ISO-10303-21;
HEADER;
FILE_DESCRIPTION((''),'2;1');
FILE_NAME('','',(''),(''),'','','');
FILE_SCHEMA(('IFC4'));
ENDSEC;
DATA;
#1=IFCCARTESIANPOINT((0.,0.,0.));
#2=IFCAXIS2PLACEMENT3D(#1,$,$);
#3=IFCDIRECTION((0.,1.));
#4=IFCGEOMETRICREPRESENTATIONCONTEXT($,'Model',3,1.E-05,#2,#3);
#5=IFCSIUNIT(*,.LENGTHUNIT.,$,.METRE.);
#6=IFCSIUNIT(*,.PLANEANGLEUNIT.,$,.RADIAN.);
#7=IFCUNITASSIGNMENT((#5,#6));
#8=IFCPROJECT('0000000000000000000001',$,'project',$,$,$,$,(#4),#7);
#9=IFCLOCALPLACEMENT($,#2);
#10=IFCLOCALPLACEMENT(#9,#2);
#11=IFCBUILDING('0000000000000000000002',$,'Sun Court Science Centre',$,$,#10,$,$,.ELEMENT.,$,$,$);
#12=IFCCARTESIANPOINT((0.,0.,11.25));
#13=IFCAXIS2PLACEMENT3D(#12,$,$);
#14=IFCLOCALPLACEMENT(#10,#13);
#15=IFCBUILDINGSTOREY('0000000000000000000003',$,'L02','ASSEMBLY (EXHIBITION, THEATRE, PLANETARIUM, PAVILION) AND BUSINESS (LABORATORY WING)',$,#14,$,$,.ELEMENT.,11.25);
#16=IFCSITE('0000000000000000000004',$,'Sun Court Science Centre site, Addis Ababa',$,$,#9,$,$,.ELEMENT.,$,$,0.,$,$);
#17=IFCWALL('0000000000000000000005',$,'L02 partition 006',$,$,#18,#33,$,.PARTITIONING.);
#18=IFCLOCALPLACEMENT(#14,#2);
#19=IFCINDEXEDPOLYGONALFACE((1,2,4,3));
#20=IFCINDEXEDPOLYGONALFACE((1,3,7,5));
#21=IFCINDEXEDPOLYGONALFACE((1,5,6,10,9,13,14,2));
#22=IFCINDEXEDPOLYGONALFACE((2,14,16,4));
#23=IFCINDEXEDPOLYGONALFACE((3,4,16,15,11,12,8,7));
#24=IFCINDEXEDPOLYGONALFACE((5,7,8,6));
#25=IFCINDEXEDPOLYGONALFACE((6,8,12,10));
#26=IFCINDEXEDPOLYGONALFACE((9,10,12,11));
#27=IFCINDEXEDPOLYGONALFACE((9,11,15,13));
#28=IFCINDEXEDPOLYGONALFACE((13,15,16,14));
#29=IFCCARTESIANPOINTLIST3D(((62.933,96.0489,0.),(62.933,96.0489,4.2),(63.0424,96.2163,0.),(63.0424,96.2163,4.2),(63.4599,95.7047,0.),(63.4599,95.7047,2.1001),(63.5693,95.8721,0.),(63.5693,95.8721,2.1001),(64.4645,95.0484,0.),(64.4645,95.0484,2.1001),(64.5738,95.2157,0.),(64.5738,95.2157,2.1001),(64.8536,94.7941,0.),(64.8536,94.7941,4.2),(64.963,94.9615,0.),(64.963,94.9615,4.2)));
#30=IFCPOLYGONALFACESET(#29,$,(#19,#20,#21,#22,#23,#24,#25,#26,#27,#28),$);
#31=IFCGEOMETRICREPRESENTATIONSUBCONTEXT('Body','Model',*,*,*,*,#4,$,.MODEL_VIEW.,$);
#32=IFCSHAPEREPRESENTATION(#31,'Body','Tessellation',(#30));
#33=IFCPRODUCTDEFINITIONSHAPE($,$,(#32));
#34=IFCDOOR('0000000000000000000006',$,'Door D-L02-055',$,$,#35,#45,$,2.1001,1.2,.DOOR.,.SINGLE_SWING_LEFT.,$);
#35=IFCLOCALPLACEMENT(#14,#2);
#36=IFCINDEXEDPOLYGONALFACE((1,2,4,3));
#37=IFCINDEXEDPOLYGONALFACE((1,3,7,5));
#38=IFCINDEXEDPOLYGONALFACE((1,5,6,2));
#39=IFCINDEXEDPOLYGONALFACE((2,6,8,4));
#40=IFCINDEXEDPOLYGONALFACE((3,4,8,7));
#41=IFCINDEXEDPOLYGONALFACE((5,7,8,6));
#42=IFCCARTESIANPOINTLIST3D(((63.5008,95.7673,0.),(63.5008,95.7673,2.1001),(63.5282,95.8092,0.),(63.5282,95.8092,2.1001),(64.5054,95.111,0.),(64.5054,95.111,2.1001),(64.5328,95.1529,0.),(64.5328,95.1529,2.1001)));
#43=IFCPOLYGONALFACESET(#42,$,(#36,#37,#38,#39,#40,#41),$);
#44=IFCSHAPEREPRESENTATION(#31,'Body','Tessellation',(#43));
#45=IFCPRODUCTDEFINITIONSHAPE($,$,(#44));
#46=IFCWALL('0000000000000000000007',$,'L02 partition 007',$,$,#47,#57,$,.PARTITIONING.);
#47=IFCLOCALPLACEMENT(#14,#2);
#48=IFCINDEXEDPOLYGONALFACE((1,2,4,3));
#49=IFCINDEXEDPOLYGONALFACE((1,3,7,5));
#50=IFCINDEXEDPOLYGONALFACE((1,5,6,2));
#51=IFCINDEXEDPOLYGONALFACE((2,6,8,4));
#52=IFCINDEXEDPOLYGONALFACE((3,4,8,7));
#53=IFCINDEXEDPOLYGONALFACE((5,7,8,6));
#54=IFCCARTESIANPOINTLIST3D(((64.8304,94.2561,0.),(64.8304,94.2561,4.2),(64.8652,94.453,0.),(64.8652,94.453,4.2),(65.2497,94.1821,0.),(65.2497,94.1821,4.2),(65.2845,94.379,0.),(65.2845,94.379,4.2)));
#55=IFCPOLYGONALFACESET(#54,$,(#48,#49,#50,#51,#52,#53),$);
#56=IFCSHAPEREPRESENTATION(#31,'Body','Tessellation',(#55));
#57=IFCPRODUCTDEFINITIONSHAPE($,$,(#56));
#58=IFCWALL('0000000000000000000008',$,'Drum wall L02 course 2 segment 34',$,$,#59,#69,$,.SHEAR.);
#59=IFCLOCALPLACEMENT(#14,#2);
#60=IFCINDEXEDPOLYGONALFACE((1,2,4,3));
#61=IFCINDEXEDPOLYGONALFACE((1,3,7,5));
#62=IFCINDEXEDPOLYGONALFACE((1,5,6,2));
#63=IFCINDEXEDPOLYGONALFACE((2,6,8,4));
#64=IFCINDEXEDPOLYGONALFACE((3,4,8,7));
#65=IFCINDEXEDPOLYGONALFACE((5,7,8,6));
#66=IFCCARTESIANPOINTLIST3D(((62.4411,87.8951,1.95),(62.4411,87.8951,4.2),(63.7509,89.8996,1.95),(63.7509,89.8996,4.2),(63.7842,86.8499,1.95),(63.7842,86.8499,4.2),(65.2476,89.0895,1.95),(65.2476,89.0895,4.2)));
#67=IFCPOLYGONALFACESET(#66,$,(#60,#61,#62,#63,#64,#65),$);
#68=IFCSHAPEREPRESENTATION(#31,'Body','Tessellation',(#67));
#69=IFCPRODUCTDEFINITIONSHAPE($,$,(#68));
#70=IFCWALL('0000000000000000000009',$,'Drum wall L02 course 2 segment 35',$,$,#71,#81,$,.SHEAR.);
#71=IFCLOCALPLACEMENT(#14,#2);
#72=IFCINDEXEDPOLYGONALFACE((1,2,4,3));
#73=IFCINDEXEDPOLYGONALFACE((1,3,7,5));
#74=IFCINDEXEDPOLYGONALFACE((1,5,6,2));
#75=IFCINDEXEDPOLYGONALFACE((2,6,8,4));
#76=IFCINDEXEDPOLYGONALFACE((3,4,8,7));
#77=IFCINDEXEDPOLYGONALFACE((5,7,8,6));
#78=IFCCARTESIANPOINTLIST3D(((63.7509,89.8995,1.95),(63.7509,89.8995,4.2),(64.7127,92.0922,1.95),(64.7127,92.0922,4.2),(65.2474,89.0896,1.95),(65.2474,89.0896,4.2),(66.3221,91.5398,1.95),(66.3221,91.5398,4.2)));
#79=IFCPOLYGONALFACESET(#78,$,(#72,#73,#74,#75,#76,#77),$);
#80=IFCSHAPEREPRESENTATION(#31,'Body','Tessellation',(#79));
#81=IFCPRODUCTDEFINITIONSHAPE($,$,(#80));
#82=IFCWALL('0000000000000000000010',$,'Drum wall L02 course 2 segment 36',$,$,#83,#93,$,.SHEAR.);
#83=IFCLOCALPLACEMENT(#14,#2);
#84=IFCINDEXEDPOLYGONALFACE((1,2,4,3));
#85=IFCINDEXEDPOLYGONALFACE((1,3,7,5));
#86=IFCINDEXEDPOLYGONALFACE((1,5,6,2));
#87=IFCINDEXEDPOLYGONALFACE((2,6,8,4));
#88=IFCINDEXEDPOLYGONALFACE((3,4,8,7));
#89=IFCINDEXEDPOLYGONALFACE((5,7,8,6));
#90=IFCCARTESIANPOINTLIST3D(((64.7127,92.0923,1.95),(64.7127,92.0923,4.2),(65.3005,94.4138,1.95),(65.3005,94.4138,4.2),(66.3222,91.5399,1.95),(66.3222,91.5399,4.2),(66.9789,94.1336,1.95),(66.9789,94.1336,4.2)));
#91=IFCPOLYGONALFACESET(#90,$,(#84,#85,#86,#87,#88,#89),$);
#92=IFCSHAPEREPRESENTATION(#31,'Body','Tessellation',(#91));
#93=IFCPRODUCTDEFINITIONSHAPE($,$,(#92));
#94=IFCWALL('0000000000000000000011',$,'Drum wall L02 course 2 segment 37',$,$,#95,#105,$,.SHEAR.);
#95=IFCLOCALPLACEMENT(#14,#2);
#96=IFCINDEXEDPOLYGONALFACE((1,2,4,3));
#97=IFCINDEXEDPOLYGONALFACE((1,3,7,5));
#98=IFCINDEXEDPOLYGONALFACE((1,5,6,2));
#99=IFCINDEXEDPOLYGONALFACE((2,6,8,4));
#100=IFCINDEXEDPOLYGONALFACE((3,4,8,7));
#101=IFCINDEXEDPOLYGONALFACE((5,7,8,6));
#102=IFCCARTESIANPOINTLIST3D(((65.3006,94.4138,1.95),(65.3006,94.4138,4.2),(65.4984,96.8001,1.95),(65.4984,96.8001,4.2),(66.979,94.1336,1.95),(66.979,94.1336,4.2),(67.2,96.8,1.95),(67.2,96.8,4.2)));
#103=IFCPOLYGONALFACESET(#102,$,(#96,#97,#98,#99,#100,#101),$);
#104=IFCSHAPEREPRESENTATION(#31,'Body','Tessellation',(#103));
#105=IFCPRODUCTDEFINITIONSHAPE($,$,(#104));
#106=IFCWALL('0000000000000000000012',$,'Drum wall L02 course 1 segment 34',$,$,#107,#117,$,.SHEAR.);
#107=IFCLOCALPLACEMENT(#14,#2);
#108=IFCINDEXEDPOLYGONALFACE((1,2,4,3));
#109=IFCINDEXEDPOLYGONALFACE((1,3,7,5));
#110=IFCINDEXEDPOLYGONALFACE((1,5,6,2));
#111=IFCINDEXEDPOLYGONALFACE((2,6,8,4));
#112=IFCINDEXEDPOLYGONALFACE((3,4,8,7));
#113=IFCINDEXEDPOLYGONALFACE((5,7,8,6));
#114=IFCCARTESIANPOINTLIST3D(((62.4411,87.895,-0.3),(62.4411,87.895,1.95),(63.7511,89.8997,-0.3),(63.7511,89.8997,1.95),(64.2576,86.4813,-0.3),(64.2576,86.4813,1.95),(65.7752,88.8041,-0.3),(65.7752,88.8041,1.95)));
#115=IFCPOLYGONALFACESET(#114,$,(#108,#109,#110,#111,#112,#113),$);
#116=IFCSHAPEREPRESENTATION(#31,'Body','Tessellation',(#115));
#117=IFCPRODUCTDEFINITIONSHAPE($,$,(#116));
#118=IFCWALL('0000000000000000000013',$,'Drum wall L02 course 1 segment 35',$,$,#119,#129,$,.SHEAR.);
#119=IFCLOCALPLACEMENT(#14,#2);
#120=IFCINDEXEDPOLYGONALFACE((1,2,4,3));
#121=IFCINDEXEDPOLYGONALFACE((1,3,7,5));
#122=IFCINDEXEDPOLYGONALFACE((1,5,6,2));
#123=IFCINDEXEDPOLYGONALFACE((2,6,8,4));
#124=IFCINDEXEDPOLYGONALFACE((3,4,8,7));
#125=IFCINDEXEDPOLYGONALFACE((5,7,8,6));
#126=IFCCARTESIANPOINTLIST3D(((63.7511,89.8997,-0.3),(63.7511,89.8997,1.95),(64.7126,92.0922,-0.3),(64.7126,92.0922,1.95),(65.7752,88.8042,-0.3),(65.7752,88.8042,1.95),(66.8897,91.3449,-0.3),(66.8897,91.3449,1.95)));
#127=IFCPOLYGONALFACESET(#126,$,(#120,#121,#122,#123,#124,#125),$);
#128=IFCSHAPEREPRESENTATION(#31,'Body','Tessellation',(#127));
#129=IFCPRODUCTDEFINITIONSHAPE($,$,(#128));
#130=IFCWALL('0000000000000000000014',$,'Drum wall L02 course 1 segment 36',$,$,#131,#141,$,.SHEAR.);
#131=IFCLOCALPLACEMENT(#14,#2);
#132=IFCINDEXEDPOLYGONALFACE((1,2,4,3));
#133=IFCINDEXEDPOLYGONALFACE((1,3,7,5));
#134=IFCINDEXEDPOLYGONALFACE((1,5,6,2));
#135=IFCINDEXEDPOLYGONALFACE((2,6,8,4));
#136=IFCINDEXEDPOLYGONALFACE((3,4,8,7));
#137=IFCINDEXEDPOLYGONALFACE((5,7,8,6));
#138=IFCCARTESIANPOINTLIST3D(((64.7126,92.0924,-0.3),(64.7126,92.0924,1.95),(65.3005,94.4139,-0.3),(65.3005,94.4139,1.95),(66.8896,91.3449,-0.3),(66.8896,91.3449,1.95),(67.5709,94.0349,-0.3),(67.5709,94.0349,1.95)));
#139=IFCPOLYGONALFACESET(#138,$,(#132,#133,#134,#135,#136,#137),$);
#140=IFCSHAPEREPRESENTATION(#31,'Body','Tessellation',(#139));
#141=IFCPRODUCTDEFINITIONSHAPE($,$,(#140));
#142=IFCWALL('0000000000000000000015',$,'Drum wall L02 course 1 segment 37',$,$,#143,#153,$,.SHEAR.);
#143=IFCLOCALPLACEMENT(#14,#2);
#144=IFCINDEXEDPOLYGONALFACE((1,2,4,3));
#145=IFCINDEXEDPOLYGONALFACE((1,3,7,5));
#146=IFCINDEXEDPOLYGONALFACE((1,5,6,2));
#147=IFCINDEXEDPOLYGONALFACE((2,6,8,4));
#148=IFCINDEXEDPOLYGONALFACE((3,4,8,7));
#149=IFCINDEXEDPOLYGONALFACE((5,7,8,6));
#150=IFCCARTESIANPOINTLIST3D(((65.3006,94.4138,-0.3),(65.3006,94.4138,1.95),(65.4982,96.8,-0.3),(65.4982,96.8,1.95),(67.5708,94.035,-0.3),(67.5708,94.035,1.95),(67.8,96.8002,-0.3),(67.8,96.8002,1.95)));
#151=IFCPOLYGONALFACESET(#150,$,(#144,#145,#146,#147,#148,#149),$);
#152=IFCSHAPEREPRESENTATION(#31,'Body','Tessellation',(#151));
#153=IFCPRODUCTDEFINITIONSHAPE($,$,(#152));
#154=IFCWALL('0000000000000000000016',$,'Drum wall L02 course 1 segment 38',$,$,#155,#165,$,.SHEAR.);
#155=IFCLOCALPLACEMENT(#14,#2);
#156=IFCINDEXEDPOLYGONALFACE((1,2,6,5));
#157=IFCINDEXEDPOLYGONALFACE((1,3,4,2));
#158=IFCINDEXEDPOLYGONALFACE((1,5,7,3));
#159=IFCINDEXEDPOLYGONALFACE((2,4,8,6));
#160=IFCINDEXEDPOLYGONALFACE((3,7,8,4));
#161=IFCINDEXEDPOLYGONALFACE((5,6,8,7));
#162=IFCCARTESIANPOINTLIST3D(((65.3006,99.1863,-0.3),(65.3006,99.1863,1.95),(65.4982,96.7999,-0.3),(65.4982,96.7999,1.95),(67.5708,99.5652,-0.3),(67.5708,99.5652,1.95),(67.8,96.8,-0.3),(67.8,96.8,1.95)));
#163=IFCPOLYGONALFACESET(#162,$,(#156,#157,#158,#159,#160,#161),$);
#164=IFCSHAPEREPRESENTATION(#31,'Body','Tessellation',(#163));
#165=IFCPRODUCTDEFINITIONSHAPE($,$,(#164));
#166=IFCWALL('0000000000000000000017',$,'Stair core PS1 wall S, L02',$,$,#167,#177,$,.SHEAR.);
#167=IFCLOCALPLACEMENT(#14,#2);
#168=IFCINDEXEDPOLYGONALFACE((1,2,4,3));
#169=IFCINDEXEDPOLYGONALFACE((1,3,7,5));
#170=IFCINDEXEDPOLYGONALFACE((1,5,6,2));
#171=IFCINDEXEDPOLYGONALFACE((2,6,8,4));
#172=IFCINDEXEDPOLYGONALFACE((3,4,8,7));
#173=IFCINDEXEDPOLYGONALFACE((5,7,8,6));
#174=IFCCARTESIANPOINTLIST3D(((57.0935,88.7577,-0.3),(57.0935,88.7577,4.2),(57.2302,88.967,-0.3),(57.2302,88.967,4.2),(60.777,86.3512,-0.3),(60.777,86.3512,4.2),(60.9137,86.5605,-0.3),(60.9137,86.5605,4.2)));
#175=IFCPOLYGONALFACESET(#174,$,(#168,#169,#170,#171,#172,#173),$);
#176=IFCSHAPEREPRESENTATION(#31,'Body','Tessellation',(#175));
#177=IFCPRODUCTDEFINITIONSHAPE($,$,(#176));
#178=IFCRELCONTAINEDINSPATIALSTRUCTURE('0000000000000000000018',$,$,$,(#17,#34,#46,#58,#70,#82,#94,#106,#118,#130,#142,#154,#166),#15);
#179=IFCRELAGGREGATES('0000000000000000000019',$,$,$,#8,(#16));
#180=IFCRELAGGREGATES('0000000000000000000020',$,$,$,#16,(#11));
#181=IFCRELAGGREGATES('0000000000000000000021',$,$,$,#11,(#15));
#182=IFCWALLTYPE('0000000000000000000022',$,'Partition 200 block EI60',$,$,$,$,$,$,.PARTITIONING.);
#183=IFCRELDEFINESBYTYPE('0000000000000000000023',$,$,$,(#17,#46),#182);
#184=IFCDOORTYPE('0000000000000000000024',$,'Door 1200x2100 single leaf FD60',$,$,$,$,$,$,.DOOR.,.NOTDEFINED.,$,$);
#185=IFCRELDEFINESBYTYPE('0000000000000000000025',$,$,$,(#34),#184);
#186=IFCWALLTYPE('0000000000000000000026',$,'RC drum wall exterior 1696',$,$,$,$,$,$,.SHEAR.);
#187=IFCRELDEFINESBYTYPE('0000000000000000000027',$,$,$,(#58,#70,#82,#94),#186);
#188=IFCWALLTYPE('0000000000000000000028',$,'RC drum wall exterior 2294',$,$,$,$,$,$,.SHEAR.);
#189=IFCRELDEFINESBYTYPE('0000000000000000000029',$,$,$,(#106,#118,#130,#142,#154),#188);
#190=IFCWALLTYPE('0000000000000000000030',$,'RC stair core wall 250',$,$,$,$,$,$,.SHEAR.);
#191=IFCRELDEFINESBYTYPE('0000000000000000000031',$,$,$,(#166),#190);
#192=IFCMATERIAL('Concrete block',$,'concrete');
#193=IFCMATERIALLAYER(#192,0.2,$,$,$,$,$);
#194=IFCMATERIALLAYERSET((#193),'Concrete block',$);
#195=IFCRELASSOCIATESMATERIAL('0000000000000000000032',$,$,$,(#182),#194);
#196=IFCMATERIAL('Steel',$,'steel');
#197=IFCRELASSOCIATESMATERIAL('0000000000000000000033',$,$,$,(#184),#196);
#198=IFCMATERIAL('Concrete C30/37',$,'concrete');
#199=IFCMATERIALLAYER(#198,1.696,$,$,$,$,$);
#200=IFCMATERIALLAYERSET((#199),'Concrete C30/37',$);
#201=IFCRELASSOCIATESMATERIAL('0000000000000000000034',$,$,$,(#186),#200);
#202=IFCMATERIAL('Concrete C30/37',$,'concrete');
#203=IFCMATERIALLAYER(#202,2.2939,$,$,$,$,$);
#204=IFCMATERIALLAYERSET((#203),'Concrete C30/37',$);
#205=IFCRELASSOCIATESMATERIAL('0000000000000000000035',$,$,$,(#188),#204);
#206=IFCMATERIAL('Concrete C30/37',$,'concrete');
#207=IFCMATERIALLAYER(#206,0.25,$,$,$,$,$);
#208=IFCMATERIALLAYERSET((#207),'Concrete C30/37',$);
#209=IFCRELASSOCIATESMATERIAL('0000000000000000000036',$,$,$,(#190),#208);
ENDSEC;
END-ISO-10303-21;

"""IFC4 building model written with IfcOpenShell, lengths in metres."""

from ifc_helpers import new_model, si_unit, direction, frame, frame_2d, origin, place, context, subcontext, project, spatial, polyline, rectangle, outline, extrude, material, layer, layer_set, type_object, element, fill, save


model = new_model("IFC4")

# Units and contexts
model_context = context("Model", 3, precision=1e-05, world=origin(), true_north=direction((0.0, 1.0)))
body_context = subcontext(model_context, "Body", "Model", "MODEL_VIEW")
ifc_project = project(units=[si_unit("LENGTHUNIT", "METRE"), si_unit("PLANEANGLEUNIT", "RADIAN")], contexts=[model_context])

# Site, building, storey
site_placement = place(None, origin())
site = spatial("IfcSite", under=ifc_project, at=site_placement, Name="Sun Court Science Centre site, Addis Ababa", CompositionType="ELEMENT", RefElevation=0.0)
building_placement = place(site_placement, origin())
building = spatial("IfcBuilding", under=site, at=building_placement, Name="Sun Court Science Centre", CompositionType="ELEMENT")
storey_placement = place(building_placement, frame((0.0, 0.0, 11.25)))
storey = spatial("IfcBuildingStorey", under=building, at=storey_placement, Name="L02", Description="ASSEMBLY (EXHIBITION, THEATRE, PLANETARIUM, PAVILION) AND BUSINESS (LABORATORY WING)", CompositionType="ELEMENT", Elevation=11.25)

# Shared definitions
ifc_material_1 = material(Name="Concrete block", Category="concrete")
ifc_layer_1 = layer(ifc_material_1, 0.2)
ifc_layer_set_1 = layer_set([ifc_layer_1], Name="Concrete block")
wall_type_1 = type_object("IfcWallType", Name="Partition 200 block EI60", PredefinedType="PARTITIONING", material=ifc_layer_set_1)
ifc_material_2 = material(Name="Steel", Category="steel")
door_type_1 = type_object("IfcDoorType", Name="Door 1200x2100 single leaf FD60", OperationType="NOTDEFINED", PredefinedType="DOOR", material=ifc_material_2)

# Wall, opening, door
wall_1_placement = place(storey_placement, frame((62.9878, 96.1326, 0.0), z_axis=(0.0, 0.0, 1.0), x_axis=(0.837155, -0.546965, 0.0)))
wall_1 = element("IfcWall", 1, at=wall_1_placement, inside=storey, type_object=wall_type_1, Name="L02 partition 006", PredefinedType="PARTITIONING", context=body_context, shape_type="SweptSolid", body=[
    extrude(rectangle(XDim=2.2942, YDim=0.2, at=frame_2d((1.147, 0.0))), origin(), (0.0, 0.0, 1.0), 4.2),
])
opening_1_placement = place(wall_1_placement, frame((0.6292, 0.0, 0.0)))
opening_1 = element("IfcOpeningElement", 2, at=opening_1_placement, cuts=wall_1, PredefinedType="OPENING", context=body_context, shape_type="SweptSolid", body=[
    extrude(rectangle(XDim=1.2, YDim=2.1001, at=frame_2d((0.6001, 1.05))), frame((0.0, 0.1099, 0.0), z_axis=(0.0, -1.0, 0.0), x_axis=(1.0, 0.0, 0.0)), (0.0, 0.0, 1.0), 0.22),
])
door_1_placement = place(opening_1_placement, origin())
door_1 = element("IfcDoor", 3, at=door_1_placement, inside=storey, type_object=door_type_1, Name="Door D-L02-055", OperationType="SINGLE_SWING_LEFT", OverallHeight=2.1001, OverallWidth=1.2, PredefinedType="DOOR", context=body_context, shape_type="SweptSolid", body=[
    extrude(rectangle(XDim=1.2, YDim=2.1001, at=frame_2d((0.6001, 1.05))), frame((0.0, 0.0249, 0.0), z_axis=(0.0, -1.0, 0.0), x_axis=(1.0, 0.0, 0.0)), (0.0, 0.0, 1.0), 0.05),
])
fill(opening_1, door_1)

# Walls
wall_2_placement = place(storey_placement, frame((65.2671, 94.2805, 0.0), z_axis=(0.0, 0.0, 1.0), x_axis=(-0.984784, 0.173785, 0.0)))
element("IfcWall", 4, at=wall_2_placement, inside=storey, type_object=wall_type_1, Name="L02 partition 007", PredefinedType="PARTITIONING", context=body_context, shape_type="SweptSolid", body=[
    extrude(rectangle(XDim=0.4258, YDim=0.2, at=frame_2d((0.2129, 0.0))), origin(), (0.0, 0.0, 1.0), 4.2),
])
ifc_material_3 = material(Name="Concrete C30/37", Category="concrete")
ifc_layer_2 = layer(ifc_material_3, 1.696)
ifc_layer_set_2 = layer_set([ifc_layer_2], Name="Concrete C30/37")
wall_type_2 = type_object("IfcWallType", Name="RC drum wall exterior 1696", PredefinedType="SHEAR", material=ifc_layer_set_2)
wall_3_placement = place(storey_placement, frame((63.0742, 87.3135, 1.95), z_axis=(0.0, 0.0, 1.0), x_axis=(0.546927, 0.83718, 0.0)))
element("IfcWall", 5, at=wall_3_placement, inside=storey, type_object=wall_type_2, Name="Drum wall L02 course 2 segment 34", PredefinedType="SHEAR", context=body_context, shape_type="SweptSolid", body=[
    extrude(outline(polyline([(0.0002, -0.8479), (2.6755, -0.8481), (2.5352, 0.8479), (0.1406, 0.8481), (0.0002, -0.8479)])), origin(), (0.0, 0.0, 1.0), 2.25),
])
wall_4_placement = place(storey_placement, frame((64.4709, 89.4302, 1.95), z_axis=(0.0, 0.0, 1.0), x_axis=(0.40168, 0.91578, 0.0)))
element("IfcWall", 6, at=wall_4_placement, inside=storey, type_object=wall_type_2, Name="Drum wall L02 course 2 segment 35", PredefinedType="SHEAR", context=body_context, shape_type="SweptSolid", body=[
    extrude(outline(polyline([(0.0, -0.8479), (2.6755, -0.8479), (2.5349, 0.8479), (0.1406, 0.8479), (0.0, -0.8479)])), origin(), (0.0, 0.0, 1.0), 2.25),
])
wall_5_placement = place(storey_placement, frame((65.5002, 91.748, 1.95), z_axis=(0.0, 0.0, 1.0), x_axis=(0.245454, 0.969408, 0.0)))
element("IfcWall", 7, at=wall_5_placement, inside=storey, type_object=wall_type_2, Name="Drum wall L02 course 2 segment 36", PredefinedType="SHEAR", context=body_context, shape_type="SweptSolid", body=[
    extrude(outline(polyline([(0.0, -0.8479), (2.6755, -0.8479), (2.5352, 0.8479), (0.1404, 0.8479), (0.0, -0.8479)])), origin(), (0.0, 0.0, 1.0), 2.25),
])
wall_6_placement = place(storey_placement, frame((66.134, 94.2036, 1.95), z_axis=(0.0, 0.0, 1.0), x_axis=(0.082577, 0.996585, 0.0)))
element("IfcWall", 8, at=wall_6_placement, inside=storey, type_object=wall_type_2, Name="Drum wall L02 course 2 segment 37", PredefinedType="SHEAR", context=body_context, shape_type="SweptSolid", body=[
    extrude(outline(polyline([(0.0, -0.8479), (2.6755, -0.8479), (2.5352, 0.8479), (0.1406, 0.8479), (0.0, -0.8479)])), origin(), (0.0, 0.0, 1.0), 2.25),
])
ifc_material_4 = material(Name="Concrete C30/37", Category="concrete")
ifc_layer_3 = layer(ifc_material_4, 2.2939)
ifc_layer_set_3 = layer_set([ifc_layer_3], Name="Concrete C30/37")
wall_type_3 = type_object("IfcWallType", Name="RC drum wall exterior 2294", PredefinedType="SHEAR", material=ifc_layer_set_3)
wall_7_placement = place(storey_placement, frame((63.2974, 87.1086, -0.3), z_axis=(0.0, 0.0, 1.0), x_axis=(0.54696, 0.837159, 0.0)))
element("IfcWall", 9, at=wall_7_placement, inside=storey, type_object=wall_type_3, Name="Drum wall L02 course 1 segment 34", PredefinedType="SHEAR", context=body_context, shape_type="SweptSolid", body=[
    extrude(outline(polyline([(0.0, -1.147), (2.7747, -1.147), (2.5847, 1.1467), (0.1899, 1.147), (0.0, -1.147)])), origin(), (0.0, 0.0, 1.0), 2.25),
])
wall_8_placement = place(storey_placement, frame((64.7249, 89.2649, -0.3), z_axis=(0.0, 0.0, 1.0), x_axis=(0.4017, 0.915771, 0.0)))
element("IfcWall", 10, at=wall_8_placement, inside=storey, type_object=wall_type_3, Name="Drum wall L02 course 1 segment 35", PredefinedType="SHEAR", context=body_context, shape_type="SweptSolid", body=[
    extrude(outline(polyline([(0.0, -1.147), (2.7744, -1.147), (2.5842, 1.147), (0.1902, 1.1467), (0.0, -1.147)])), origin(), (0.0, 0.0, 1.0), 2.25),
])
wall_9_placement = place(storey_placement, frame((65.7778, 91.6267, -0.3), z_axis=(0.0, 0.0, 1.0), x_axis=(0.245495, 0.969398, 0.0)))
element("IfcWall", 11, at=wall_9_placement, inside=storey, type_object=wall_type_3, Name="Drum wall L02 course 1 segment 36", PredefinedType="SHEAR", context=body_context, shape_type="SweptSolid", body=[
    extrude(outline(polyline([(-0.0002, -1.147), (2.7747, -1.147), (2.5847, 1.147), (0.1899, 1.147), (-0.0002, -1.147)])), origin(), (0.0, 0.0, 1.0), 2.25),
])
wall_10_placement = place(storey_placement, frame((66.428, 94.1296, -0.3), z_axis=(0.0, 0.0, 1.0), x_axis=(0.082536, 0.996588, 0.0)))
element("IfcWall", 12, at=wall_10_placement, inside=storey, type_object=wall_type_3, Name="Drum wall L02 course 1 segment 37", PredefinedType="SHEAR", context=body_context, shape_type="SweptSolid", body=[
    extrude(outline(polyline([(0.0, -1.1467), (2.7747, -1.147), (2.5845, 1.147), (0.1902, 1.147), (0.0, -1.1467)])), origin(), (0.0, 0.0, 1.0), 2.25),
])
wall_11_placement = place(storey_placement, frame((66.657, 96.7053, -0.3), z_axis=(0.0, 0.0, 1.0), x_axis=(-0.082536, 0.996588, 0.0)))
element("IfcWall", 13, at=wall_11_placement, inside=storey, type_object=wall_type_3, Name="Drum wall L02 course 1 segment 38", PredefinedType="SHEAR", context=body_context, shape_type="SweptSolid", body=[
    extrude(outline(polyline([(0.0, -1.147), (2.7747, -1.1467), (2.5845, 1.147), (0.1899, 1.147), (0.0, -1.147)])), origin(), (0.0, 0.0, 1.0), 2.25),
])
ifc_material_5 = material(Name="Concrete C30/37", Category="concrete")
ifc_layer_4 = layer(ifc_material_5, 0.25)
ifc_layer_set_4 = layer_set([ifc_layer_4], Name="Concrete C30/37")
wall_type_4 = type_object("IfcWallType", Name="RC stair core wall 250", PredefinedType="SHEAR", material=ifc_layer_set_4)
wall_12_placement = place(storey_placement, frame((57.1619, 88.8623, -0.3), z_axis=(0.0, 0.0, 1.0), x_axis=(0.837179, -0.546929, 0.0)))
element("IfcWall", 14, at=wall_12_placement, inside=storey, type_object=wall_type_4, Name="Stair core PS1 wall S, L02", PredefinedType="SHEAR", context=body_context, shape_type="SweptSolid", body=[
    extrude(rectangle(XDim=4.3999, YDim=0.25, at=frame_2d((2.2, 0.0))), origin(), (0.0, 0.0, 1.0), 4.5),
])

save(model, "model.ifc")
